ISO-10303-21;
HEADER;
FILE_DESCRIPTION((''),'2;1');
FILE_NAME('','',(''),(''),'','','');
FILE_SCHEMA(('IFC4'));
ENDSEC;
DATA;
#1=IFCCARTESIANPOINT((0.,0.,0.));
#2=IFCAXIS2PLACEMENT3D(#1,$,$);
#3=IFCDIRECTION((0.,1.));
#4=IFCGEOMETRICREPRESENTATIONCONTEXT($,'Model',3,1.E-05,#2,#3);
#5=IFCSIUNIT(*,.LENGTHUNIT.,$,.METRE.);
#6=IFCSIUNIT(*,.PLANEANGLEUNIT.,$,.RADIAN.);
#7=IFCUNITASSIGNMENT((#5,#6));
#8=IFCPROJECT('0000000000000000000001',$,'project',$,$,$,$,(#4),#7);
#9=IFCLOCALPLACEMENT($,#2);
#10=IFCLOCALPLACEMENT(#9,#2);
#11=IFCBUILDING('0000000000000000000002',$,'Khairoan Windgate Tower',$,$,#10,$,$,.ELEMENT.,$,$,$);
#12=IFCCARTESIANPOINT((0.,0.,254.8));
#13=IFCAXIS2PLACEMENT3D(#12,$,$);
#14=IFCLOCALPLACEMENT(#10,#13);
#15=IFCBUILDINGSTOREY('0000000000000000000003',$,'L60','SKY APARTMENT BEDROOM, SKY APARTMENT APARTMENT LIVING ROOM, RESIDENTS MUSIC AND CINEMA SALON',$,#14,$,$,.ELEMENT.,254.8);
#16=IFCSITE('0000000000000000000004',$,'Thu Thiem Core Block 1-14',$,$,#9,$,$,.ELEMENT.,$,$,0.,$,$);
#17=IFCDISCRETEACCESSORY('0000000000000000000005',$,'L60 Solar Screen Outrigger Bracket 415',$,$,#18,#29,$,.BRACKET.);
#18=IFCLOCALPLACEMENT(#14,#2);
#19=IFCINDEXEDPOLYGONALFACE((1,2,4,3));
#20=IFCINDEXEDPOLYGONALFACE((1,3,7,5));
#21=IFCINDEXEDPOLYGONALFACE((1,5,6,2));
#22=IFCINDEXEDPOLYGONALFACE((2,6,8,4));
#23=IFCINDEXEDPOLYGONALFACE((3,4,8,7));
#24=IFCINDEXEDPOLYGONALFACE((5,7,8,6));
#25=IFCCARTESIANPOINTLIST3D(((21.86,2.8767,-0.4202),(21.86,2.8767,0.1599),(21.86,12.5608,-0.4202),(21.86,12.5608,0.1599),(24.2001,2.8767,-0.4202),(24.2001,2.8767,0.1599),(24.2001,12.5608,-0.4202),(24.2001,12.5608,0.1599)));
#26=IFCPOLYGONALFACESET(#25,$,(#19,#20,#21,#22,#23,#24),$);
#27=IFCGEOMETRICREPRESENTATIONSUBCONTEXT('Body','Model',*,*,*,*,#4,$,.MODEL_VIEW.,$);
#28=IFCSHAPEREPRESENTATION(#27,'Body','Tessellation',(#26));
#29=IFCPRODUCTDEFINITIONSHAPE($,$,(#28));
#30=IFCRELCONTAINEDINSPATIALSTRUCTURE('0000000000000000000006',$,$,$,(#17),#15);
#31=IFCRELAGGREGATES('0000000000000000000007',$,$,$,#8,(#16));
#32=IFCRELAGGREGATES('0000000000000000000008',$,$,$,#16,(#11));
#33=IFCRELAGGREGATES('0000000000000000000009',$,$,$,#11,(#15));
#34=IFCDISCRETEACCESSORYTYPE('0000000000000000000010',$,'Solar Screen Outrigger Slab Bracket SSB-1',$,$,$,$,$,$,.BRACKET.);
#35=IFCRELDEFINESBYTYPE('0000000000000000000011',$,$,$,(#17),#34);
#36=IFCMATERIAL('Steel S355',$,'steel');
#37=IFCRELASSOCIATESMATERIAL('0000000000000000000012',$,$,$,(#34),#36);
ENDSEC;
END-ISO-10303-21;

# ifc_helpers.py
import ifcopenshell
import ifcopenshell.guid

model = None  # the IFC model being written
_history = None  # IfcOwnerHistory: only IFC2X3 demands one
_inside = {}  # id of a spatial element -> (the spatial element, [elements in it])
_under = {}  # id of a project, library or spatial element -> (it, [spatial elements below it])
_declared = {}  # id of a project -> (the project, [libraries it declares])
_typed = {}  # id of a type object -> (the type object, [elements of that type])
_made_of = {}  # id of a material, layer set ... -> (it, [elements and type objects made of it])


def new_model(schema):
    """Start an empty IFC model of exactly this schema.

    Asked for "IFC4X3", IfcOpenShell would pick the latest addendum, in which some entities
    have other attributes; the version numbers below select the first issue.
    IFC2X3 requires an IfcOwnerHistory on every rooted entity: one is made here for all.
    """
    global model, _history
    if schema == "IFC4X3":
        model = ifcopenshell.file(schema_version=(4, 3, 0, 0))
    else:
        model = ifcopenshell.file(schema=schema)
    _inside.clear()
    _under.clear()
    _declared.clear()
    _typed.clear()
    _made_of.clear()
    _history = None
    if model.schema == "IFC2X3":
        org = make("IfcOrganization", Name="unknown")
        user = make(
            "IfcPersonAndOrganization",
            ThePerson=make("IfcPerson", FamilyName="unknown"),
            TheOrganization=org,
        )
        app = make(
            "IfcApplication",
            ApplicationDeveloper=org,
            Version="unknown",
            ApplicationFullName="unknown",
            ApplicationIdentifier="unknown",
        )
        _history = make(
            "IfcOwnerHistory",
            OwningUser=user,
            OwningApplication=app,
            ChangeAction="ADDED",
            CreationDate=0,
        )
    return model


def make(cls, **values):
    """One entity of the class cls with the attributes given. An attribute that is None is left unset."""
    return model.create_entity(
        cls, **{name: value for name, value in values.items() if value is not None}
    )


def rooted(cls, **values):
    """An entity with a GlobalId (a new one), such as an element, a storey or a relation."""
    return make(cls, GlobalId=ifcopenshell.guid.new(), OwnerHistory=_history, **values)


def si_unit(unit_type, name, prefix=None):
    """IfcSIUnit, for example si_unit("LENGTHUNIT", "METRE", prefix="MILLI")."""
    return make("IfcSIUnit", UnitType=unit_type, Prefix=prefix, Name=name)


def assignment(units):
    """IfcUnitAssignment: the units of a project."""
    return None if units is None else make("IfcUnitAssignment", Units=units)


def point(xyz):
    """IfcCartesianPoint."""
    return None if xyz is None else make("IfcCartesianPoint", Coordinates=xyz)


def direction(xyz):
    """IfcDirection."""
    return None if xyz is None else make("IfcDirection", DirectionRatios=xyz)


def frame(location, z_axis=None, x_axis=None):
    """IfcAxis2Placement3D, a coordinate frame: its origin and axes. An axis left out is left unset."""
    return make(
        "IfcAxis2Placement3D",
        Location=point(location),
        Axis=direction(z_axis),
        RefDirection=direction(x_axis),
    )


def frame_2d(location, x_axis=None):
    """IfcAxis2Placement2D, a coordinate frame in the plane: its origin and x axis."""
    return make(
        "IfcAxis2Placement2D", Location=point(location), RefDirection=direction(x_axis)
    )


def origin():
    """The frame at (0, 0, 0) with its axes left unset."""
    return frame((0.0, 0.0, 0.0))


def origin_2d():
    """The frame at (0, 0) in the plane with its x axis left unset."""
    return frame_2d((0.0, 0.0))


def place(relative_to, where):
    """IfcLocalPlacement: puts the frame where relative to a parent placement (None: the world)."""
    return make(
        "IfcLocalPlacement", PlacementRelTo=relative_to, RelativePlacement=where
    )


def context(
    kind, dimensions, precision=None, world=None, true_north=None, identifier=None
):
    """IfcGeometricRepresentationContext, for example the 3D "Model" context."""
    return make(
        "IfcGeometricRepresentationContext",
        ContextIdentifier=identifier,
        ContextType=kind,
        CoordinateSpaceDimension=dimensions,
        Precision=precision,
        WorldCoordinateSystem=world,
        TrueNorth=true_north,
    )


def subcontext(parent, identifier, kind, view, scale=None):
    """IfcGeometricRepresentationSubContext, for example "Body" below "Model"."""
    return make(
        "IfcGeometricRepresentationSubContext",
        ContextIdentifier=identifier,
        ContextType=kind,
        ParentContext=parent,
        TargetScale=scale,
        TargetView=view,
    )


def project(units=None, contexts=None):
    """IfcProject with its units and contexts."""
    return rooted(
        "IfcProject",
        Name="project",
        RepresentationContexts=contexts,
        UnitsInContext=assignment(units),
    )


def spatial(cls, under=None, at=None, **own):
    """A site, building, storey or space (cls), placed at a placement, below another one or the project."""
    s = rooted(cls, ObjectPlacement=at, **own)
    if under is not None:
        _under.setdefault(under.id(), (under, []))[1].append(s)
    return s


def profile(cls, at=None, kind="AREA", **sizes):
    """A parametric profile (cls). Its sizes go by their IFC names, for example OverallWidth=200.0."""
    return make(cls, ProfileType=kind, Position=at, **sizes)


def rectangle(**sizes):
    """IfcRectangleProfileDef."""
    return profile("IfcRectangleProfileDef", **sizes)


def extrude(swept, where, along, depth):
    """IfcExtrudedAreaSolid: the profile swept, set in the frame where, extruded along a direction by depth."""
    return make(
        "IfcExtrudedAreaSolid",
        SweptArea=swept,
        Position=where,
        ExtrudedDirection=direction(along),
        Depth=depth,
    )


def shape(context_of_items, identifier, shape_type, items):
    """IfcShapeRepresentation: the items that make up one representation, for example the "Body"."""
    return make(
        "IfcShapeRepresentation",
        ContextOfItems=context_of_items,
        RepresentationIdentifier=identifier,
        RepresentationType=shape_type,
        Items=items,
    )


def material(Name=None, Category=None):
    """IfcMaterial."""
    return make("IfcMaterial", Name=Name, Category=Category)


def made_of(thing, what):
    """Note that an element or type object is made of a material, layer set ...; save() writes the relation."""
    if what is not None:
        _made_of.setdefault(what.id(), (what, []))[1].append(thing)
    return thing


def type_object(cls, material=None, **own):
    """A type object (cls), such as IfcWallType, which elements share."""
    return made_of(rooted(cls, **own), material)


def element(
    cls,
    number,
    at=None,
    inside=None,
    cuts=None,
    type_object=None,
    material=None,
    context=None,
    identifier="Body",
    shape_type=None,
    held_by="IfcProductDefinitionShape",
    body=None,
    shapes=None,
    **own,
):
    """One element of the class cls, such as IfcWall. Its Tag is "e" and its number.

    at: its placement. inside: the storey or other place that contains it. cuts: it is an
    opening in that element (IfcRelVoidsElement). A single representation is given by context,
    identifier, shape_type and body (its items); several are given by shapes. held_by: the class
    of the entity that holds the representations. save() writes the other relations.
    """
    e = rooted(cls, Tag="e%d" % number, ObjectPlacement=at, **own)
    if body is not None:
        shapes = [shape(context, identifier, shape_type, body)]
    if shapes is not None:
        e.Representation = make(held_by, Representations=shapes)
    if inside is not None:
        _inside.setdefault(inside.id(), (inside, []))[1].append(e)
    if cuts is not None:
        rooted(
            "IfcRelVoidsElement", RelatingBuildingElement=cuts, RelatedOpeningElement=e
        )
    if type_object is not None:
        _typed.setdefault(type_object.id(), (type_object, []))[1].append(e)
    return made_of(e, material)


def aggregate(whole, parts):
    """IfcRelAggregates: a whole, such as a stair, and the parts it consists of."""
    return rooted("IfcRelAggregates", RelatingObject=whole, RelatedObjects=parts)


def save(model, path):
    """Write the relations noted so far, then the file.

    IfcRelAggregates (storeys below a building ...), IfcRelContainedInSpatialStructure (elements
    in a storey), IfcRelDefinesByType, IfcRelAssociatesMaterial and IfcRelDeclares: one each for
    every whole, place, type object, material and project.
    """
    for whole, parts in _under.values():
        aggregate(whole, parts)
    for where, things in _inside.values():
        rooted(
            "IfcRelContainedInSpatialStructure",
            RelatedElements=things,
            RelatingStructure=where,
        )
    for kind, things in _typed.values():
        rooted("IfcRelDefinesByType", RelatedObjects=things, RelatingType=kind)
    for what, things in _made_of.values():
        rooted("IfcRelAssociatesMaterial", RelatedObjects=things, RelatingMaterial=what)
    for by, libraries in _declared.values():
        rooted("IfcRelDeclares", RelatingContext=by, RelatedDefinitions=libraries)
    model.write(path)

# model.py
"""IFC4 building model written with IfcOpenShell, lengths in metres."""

from ifc_helpers import new_model, si_unit, direction, frame, origin, origin_2d, place, context, subcontext, project, spatial, rectangle, extrude, material, type_object, element, save


model = new_model("IFC4")

# Units and contexts
model_context = context("Model", 3, precision=1e-05, world=origin(), true_north=direction((0.0, 1.0)))
body_context = subcontext(model_context, "Body", "Model", "MODEL_VIEW")
ifc_project = project(units=[si_unit("LENGTHUNIT", "METRE"), si_unit("PLANEANGLEUNIT", "RADIAN")], contexts=[model_context])

# Site, building, storey
site_placement = place(None, origin())
site = spatial("IfcSite", under=ifc_project, at=site_placement, Name="Thu Thiem Core Block 1-14", CompositionType="ELEMENT", RefElevation=0.0)
building_placement = place(site_placement, origin())
building = spatial("IfcBuilding", under=site, at=building_placement, Name="Khairoan Windgate Tower", CompositionType="ELEMENT")
storey_placement = place(building_placement, frame((0.0, 0.0, 254.8)))
storey = spatial("IfcBuildingStorey", under=building, at=storey_placement, Name="L60", Description="SKY APARTMENT BEDROOM, SKY APARTMENT APARTMENT LIVING ROOM, RESIDENTS MUSIC AND CINEMA SALON", CompositionType="ELEMENT", Elevation=254.8)

# Discrete accessory
ifc_material_1 = material(Name="Steel S355", Category="steel")
discrete_accessory_type = type_object("IfcDiscreteAccessoryType", Name="Solar Screen Outrigger Slab Bracket SSB-1", PredefinedType="BRACKET", material=ifc_material_1)
discrete_accessory_placement = place(storey_placement, frame((23.03, 7.7188, -0.4202), z_axis=(0.0, 0.0, 1.0), x_axis=(0.0, -1.0, 0.0)))
element("IfcDiscreteAccessory", 1, at=discrete_accessory_placement, inside=storey, type_object=discrete_accessory_type, Name="L60 Solar Screen Outrigger Bracket 415", PredefinedType="BRACKET", context=body_context, shape_type="SweptSolid", body=[
    extrude(rectangle(XDim=9.6841, YDim=2.3401, at=origin_2d()), origin(), (0.0, 0.0, 1.0), 0.5801),
])

save(model, "model.ifc")
